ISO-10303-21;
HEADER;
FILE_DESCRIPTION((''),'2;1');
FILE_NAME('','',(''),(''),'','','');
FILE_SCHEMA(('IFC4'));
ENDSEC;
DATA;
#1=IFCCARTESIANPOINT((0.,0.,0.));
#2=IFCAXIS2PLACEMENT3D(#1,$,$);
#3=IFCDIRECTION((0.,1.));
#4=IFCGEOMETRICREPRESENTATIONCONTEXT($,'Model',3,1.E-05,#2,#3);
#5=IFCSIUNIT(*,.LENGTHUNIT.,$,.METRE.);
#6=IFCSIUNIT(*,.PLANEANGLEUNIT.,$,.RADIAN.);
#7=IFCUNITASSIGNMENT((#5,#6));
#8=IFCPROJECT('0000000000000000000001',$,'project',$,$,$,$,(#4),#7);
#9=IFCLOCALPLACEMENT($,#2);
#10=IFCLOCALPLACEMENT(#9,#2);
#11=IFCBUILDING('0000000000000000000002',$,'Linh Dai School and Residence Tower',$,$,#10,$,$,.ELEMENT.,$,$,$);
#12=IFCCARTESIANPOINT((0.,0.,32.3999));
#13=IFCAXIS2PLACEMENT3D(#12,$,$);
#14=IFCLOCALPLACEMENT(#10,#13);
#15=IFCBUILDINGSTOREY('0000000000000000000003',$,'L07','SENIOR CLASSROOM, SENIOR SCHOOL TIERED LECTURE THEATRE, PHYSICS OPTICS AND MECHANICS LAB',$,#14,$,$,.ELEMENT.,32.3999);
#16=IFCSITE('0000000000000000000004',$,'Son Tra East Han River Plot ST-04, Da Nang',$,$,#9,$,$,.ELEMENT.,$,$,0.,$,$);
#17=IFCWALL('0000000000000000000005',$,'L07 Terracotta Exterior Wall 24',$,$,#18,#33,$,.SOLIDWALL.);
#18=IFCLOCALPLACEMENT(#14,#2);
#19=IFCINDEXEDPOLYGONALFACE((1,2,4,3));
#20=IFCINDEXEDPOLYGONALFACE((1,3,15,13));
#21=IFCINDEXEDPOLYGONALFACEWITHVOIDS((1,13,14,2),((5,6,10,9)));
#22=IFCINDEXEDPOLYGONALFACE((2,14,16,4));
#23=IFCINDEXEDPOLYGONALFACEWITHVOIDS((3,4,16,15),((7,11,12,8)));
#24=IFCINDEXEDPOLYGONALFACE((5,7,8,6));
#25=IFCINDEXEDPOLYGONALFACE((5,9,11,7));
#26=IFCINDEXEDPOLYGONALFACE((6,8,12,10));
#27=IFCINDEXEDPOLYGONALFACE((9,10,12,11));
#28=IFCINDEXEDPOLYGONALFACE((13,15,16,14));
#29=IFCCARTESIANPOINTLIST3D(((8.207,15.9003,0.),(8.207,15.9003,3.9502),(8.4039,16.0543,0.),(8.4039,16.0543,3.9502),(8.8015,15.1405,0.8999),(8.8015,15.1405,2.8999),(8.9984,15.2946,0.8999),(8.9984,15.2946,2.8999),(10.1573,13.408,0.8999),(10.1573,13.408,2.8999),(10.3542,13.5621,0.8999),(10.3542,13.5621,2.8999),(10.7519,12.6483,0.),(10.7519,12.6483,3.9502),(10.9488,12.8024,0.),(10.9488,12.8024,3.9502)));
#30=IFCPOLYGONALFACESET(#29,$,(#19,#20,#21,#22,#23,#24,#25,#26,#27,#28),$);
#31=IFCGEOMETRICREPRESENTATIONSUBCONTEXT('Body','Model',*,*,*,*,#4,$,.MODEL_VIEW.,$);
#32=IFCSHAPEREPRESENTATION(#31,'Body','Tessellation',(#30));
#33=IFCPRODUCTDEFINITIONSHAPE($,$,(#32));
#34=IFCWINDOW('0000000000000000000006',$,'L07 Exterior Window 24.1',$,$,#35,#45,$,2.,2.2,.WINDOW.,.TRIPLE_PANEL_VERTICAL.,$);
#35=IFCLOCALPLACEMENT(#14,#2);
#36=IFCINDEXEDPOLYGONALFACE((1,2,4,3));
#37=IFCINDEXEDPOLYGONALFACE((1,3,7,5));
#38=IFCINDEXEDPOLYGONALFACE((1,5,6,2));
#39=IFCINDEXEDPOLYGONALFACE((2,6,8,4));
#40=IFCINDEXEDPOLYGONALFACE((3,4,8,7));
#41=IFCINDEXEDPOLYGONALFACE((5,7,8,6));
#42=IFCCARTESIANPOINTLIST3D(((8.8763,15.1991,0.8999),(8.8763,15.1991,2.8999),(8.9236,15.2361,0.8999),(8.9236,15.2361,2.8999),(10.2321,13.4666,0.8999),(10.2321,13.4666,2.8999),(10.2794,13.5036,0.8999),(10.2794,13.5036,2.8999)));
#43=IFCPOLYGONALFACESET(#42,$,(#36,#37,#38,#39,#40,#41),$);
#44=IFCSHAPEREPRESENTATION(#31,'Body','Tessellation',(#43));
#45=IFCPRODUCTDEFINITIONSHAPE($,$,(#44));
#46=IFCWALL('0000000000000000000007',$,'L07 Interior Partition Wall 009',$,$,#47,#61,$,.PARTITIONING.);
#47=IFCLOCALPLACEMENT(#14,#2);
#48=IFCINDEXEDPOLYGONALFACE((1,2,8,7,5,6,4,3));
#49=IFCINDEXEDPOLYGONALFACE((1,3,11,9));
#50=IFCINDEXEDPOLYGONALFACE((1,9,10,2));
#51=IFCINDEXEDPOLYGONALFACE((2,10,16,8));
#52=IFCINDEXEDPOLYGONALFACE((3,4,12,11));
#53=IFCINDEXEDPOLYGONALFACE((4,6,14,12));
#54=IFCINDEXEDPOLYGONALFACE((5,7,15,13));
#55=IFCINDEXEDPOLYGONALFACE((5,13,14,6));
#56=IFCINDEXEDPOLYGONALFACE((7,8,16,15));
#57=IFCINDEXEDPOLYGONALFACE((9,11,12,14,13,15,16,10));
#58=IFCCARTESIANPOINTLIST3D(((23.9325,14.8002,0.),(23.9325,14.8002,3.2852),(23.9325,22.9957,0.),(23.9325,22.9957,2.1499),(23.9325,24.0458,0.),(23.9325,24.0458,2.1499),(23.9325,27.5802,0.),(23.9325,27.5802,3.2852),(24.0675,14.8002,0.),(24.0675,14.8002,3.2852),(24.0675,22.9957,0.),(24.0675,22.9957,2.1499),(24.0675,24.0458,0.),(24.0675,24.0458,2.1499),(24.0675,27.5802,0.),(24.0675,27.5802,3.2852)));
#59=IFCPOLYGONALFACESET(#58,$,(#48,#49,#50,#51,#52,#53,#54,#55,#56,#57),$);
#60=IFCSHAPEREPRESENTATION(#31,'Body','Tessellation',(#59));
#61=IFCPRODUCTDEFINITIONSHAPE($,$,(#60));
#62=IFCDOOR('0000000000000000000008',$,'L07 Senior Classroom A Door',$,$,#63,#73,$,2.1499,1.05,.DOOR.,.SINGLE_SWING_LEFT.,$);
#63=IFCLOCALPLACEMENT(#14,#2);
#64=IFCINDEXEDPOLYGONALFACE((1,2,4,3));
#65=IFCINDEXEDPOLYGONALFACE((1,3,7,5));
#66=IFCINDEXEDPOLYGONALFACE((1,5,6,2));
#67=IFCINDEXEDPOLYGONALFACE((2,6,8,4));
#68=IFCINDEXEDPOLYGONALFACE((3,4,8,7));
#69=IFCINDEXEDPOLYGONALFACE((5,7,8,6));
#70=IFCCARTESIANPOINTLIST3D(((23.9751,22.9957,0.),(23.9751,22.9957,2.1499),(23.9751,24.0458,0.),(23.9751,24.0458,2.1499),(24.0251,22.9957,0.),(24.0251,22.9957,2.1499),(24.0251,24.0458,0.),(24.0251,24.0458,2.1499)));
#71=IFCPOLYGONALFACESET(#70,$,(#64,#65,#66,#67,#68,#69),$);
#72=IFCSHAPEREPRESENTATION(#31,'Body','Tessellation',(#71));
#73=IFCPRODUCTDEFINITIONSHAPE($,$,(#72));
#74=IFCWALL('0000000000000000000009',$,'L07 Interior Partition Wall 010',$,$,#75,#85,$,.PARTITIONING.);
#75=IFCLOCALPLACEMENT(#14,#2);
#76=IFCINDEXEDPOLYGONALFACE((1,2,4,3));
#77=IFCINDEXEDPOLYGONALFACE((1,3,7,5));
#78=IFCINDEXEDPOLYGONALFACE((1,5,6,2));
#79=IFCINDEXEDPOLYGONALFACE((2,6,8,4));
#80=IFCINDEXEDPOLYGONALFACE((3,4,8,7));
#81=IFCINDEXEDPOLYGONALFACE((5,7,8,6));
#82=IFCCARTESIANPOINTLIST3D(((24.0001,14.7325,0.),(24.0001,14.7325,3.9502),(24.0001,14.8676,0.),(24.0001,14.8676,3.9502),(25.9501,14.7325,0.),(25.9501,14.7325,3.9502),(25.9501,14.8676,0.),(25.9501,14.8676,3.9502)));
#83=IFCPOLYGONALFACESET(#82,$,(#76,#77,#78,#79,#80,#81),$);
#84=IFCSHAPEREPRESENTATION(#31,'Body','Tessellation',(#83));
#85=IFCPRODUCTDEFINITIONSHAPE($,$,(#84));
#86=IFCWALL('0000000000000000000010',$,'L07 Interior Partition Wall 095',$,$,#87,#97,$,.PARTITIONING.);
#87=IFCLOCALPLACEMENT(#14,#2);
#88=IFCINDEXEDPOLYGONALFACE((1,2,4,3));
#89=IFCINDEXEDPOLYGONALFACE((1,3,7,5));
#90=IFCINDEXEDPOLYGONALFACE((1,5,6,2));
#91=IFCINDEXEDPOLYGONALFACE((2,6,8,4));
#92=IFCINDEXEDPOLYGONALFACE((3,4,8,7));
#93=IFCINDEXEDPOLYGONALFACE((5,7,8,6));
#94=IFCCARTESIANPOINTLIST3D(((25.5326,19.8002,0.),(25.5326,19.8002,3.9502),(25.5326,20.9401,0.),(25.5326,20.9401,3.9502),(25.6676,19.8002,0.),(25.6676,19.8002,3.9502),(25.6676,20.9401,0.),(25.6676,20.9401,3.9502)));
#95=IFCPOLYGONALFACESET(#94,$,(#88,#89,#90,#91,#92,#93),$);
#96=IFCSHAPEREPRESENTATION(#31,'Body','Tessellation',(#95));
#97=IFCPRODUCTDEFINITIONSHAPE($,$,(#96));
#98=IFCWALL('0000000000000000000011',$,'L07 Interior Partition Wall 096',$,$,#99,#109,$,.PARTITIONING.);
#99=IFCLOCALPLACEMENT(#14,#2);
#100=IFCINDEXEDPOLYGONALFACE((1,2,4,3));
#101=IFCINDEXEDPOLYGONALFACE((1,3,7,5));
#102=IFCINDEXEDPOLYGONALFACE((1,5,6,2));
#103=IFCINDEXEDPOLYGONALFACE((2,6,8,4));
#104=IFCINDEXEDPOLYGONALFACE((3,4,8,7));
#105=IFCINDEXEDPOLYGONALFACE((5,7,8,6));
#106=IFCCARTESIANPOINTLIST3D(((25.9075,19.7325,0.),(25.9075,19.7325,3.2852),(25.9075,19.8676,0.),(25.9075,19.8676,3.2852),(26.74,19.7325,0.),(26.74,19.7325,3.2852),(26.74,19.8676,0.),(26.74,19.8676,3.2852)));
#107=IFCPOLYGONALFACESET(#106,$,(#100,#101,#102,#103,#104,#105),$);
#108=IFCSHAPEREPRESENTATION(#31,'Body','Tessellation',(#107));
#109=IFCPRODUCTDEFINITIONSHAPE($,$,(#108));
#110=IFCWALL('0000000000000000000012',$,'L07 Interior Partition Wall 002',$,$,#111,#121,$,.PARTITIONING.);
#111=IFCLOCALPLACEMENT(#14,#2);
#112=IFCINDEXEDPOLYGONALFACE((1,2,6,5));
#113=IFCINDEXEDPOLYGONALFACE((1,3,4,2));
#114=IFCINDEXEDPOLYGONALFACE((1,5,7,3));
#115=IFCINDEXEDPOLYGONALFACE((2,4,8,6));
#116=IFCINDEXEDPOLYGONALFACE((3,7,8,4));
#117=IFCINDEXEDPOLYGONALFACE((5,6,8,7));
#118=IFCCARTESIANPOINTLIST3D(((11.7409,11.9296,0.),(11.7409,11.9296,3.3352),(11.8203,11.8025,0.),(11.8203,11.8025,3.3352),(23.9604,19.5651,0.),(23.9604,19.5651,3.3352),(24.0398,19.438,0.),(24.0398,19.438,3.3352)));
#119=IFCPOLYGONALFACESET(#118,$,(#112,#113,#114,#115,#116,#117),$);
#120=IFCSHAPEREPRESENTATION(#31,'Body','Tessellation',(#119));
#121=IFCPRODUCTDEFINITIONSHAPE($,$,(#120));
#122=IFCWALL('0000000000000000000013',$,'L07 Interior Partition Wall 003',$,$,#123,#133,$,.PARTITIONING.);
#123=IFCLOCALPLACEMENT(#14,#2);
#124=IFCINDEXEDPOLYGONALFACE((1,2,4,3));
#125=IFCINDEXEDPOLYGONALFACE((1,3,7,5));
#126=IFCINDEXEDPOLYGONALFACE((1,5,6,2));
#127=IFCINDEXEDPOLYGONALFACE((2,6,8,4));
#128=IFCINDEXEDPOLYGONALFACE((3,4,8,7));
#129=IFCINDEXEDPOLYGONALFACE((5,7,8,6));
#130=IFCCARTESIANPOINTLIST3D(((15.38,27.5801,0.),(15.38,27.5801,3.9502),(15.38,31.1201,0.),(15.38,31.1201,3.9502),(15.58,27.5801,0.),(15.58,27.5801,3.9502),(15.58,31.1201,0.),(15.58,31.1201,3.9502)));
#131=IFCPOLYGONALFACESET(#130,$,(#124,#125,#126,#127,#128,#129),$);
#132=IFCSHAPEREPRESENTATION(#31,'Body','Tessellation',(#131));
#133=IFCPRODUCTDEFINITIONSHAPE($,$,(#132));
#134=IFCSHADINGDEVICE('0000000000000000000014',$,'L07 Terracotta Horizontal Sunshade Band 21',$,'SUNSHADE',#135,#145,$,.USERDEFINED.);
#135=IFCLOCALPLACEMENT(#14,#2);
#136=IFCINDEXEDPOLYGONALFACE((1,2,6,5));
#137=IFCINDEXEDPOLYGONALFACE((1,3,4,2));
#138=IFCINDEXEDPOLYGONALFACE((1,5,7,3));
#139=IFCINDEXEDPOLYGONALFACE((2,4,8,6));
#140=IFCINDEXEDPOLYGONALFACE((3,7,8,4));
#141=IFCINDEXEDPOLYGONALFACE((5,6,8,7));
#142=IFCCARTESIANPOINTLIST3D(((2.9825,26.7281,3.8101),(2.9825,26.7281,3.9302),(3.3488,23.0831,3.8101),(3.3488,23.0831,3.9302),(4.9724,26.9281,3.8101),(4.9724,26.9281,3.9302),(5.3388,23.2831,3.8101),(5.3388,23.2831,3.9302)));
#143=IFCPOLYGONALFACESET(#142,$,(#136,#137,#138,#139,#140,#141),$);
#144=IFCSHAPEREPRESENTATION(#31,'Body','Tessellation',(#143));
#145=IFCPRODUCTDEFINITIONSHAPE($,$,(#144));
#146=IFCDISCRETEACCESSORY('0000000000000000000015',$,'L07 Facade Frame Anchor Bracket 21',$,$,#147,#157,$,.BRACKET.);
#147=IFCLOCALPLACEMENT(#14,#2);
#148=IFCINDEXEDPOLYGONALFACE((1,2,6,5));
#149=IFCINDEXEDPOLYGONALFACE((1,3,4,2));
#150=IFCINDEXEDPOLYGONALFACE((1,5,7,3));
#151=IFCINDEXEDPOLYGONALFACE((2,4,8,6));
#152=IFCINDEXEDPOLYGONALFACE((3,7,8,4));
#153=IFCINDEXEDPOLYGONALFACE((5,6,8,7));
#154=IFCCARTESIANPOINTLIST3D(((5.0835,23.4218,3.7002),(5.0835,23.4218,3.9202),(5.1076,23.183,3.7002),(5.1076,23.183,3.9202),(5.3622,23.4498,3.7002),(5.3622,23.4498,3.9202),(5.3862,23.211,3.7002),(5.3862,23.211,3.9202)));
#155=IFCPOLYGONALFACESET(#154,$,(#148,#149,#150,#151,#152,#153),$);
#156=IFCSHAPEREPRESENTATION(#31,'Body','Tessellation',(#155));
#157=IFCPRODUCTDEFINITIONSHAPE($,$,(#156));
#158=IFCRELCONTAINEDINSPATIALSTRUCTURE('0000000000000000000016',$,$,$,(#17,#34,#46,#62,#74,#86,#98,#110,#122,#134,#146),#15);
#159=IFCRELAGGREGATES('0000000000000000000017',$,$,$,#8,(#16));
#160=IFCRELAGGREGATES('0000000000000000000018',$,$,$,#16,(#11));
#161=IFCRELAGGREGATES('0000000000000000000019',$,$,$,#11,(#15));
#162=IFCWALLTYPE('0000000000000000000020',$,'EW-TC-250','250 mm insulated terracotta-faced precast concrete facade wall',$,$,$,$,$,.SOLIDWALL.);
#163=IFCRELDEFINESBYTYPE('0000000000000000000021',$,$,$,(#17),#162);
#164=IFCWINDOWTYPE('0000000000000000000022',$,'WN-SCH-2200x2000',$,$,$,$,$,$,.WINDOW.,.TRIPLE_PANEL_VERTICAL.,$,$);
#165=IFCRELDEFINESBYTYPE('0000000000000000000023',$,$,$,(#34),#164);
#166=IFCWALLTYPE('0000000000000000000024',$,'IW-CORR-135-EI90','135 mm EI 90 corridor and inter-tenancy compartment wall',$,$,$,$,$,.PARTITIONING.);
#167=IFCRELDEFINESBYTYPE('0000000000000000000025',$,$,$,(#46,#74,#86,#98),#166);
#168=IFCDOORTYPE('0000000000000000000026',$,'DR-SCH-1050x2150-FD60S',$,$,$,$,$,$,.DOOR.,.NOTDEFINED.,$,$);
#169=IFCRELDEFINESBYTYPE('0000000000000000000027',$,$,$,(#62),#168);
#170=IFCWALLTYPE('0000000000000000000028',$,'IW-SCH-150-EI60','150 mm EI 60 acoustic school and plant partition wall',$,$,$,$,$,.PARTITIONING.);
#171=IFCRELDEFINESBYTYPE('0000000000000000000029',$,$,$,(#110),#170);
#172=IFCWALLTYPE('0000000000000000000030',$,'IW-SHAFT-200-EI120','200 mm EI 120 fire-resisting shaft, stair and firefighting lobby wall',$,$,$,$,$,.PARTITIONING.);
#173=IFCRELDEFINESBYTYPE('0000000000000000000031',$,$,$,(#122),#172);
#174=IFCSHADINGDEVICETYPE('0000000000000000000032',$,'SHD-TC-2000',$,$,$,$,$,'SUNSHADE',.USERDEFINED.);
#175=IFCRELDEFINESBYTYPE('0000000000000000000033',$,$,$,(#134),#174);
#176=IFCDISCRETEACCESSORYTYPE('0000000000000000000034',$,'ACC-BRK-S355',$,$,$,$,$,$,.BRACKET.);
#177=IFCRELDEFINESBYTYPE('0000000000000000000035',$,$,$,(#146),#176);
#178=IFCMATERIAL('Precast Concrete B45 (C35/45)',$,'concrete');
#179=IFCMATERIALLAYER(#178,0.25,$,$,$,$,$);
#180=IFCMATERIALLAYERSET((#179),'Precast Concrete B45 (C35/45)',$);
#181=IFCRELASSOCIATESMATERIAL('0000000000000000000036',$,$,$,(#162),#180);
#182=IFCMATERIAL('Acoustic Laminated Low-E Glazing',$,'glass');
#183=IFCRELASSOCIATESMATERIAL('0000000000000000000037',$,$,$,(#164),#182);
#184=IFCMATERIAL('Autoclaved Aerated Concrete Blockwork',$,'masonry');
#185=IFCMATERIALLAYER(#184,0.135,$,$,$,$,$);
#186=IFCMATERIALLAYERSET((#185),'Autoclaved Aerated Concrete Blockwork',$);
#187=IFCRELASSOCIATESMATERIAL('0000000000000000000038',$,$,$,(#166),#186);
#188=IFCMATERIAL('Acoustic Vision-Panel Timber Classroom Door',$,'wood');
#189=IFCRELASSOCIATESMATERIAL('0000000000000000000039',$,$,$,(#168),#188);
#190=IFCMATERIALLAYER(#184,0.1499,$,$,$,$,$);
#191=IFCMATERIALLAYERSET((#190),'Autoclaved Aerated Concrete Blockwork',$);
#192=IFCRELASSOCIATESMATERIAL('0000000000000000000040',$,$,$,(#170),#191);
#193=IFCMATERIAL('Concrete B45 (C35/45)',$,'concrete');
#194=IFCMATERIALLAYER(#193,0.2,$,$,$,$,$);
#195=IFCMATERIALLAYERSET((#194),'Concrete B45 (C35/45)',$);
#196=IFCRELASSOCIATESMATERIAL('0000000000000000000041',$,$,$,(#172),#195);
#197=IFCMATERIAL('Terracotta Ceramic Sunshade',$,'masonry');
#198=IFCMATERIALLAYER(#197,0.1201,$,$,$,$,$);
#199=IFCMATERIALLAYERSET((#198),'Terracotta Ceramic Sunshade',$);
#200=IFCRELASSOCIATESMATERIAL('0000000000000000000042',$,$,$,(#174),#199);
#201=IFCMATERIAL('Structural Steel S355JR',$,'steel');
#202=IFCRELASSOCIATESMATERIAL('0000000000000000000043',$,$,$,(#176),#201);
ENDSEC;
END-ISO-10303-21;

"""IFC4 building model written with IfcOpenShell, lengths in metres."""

from ifc_helpers import new_model, si_unit, direction, frame, frame_2d, origin, origin_2d, place, context, subcontext, project, spatial, rectangle, extrude, source, transform, mapped, material, layer, layer_set, type_object, element, fill, save


model = new_model("IFC4")

# Units and contexts
model_context = context("Model", 3, precision=1e-05, world=origin(), true_north=direction((0.0, 1.0)))
body_context = subcontext(model_context, "Body", "Model", "MODEL_VIEW")
ifc_project = project(units=[si_unit("LENGTHUNIT", "METRE"), si_unit("PLANEANGLEUNIT", "RADIAN")], contexts=[model_context])

# Site, building, storey
site_placement = place(None, origin())
site = spatial("IfcSite", under=ifc_project, at=site_placement, Name="Son Tra East Han River Plot ST-04, Da Nang", CompositionType="ELEMENT", RefElevation=0.0)
building_placement = place(site_placement, origin())
building = spatial("IfcBuilding", under=site, at=building_placement, Name="Linh Dai School and Residence Tower", CompositionType="ELEMENT")
storey_placement = place(building_placement, frame((0.0, 0.0, 32.3999)))
storey = spatial("IfcBuildingStorey", under=building, at=storey_placement, Name="L07", Description="SENIOR CLASSROOM, SENIOR SCHOOL TIERED LECTURE THEATRE, PHYSICS OPTICS AND MECHANICS LAB", CompositionType="ELEMENT", Elevation=32.3999)

# Shared definitions
ifc_material_1 = material(Name="Structural Steel S355JR", Category="steel")

# Shared definitions
ifc_material_2 = material(Name="Precast Concrete B45 (C35/45)", Category="concrete")

# Shared definitions
ifc_layer_1 = layer(ifc_material_2, 0.25)
ifc_layer_set_1 = layer_set([ifc_layer_1], Name="Precast Concrete B45 (C35/45)")
wall_type_1 = type_object("IfcWallType", Name="EW-TC-250", Description="250 mm insulated terracotta-faced precast concrete facade wall", PredefinedType="SOLIDWALL", material=ifc_layer_set_1)

# Wall, opening, window
wall_1_placement = place(storey_placement, frame((10.8503, 12.7253, 0.0), z_axis=(0.0, 0.0, 1.0), x_axis=(-0.616296, 0.787515, 0.0)))
wall_1 = element("IfcWall", 1, at=wall_1_placement, inside=storey, type_object=wall_type_1, Name="L07 Terracotta Exterior Wall 24", PredefinedType="SOLIDWALL", context=body_context, shape_type="SweptSolid", body=[
    extrude(rectangle(XDim=4.1294, YDim=0.25, at=frame_2d((2.0647, 0.0))), origin(), (0.0, 0.0, 1.0), 3.9502),
])
opening_1_placement = place(wall_1_placement, frame((0.9646, 0.0, 0.8999)))
opening_1 = element("IfcOpeningElement", 2, at=opening_1_placement, cuts=wall_1, PredefinedType="OPENING", context=body_context, shape_type="SweptSolid", body=[
    extrude(rectangle(XDim=2.2, YDim=2.0, at=origin_2d()), frame((1.1001, 0.135, 1.0), z_axis=(0.0, -1.0, 0.0), x_axis=(1.0, 0.0, 0.0)), (0.0, 0.0, 1.0), 0.27),
])
ifc_material_3 = material(Name="Acoustic Laminated Low-E Glazing", Category="glass")
window_type = type_object("IfcWindowType", Name="WN-SCH-2200x2000", PartitioningType="TRIPLE_PANEL_VERTICAL", PredefinedType="WINDOW", material=ifc_material_3)
shared_shape_1 = source(origin(), body_context, "Body", "SweptSolid", [
    extrude(rectangle(XDim=2.2, YDim=2.0, at=origin_2d()), frame((1.1001, 0.03, 1.0), z_axis=(0.0, -1.0, 0.0), x_axis=(1.0, 0.0, 0.0)), (0.0, 0.0, 1.0), 0.0601),
])
window_placement = place(opening_1_placement, origin())
window = element("IfcWindow", 3, at=window_placement, inside=storey, type_object=window_type, Name="L07 Exterior Window 24.1", OverallHeight=2.0, OverallWidth=2.2, PartitioningType="TRIPLE_PANEL_VERTICAL", PredefinedType="WINDOW", context=body_context, shape_type="MappedRepresentation", body=[
    mapped(shared_shape_1, transform((0.0, 0.0, 0.0), x_axis=(1.0, 0.0, 0.0), y_axis=(0.0, 1.0, 0.0), z_axis=(0.0, 0.0, 1.0), scale=1.0)),
])
fill(opening_1, window)

# Wall, opening, door
ifc_material_4 = material(Name="Autoclaved Aerated Concrete Blockwork", Category="masonry")
ifc_layer_2 = layer(ifc_material_4, 0.135)
ifc_layer_set_2 = layer_set([ifc_layer_2], Name="Autoclaved Aerated Concrete Blockwork")
wall_type_2 = type_object("IfcWallType", Name="IW-CORR-135-EI90", Description="135 mm EI 90 corridor and inter-tenancy compartment wall", PredefinedType="PARTITIONING", material=ifc_layer_set_2)
wall_2_placement = place(storey_placement, frame((24.0, 14.8, 0.0), z_axis=(0.0, 0.0, 1.0), x_axis=(0.0, 1.0, 0.0)))
wall_2 = element("IfcWall", 4, at=wall_2_placement, inside=storey, type_object=wall_type_2, Name="L07 Interior Partition Wall 009", PredefinedType="PARTITIONING", context=body_context, shape_type="SweptSolid", body=[
    extrude(rectangle(XDim=12.78, YDim=0.135, at=frame_2d((6.3901, 0.0))), origin(), (0.0, 0.0, 1.0), 3.2852),
])
opening_2_placement = place(wall_2_placement, frame((8.1958, 0.0, 0.0)))
opening_2 = element("IfcOpeningElement", 5, at=opening_2_placement, cuts=wall_2, PredefinedType="OPENING", context=body_context, shape_type="SweptSolid", body=[
    extrude(rectangle(XDim=1.05, YDim=2.1499, at=origin_2d()), frame((0.5249, 0.0776, 1.075), z_axis=(0.0, -1.0, 0.0), x_axis=(1.0, 0.0, 0.0)), (0.0, 0.0, 1.0), 0.155),
])
ifc_material_5 = material(Name="Acoustic Vision-Panel Timber Classroom Door", Category="wood")
door_type = type_object("IfcDoorType", Name="DR-SCH-1050x2150-FD60S", OperationType="NOTDEFINED", PredefinedType="DOOR", material=ifc_material_5)
shared_shape_2 = source(origin(), body_context, "Body", "SweptSolid", [
    extrude(rectangle(XDim=1.05, YDim=2.1499, at=origin_2d()), frame((0.5249, 0.0249, 1.075), z_axis=(0.0, -1.0, 0.0), x_axis=(1.0, 0.0, 0.0)), (0.0, 0.0, 1.0), 0.05),
])
door_placement = place(opening_2_placement, origin())
door = element("IfcDoor", 6, at=door_placement, inside=storey, type_object=door_type, Name="L07 Senior Classroom A Door", OperationType="SINGLE_SWING_LEFT", OverallHeight=2.1499, OverallWidth=1.05, PredefinedType="DOOR", context=body_context, shape_type="MappedRepresentation", body=[
    mapped(shared_shape_2, transform((0.0, 0.0, 0.0), x_axis=(1.0, 0.0, 0.0), y_axis=(0.0, 1.0, 0.0), z_axis=(0.0, 0.0, 1.0), scale=1.0)),
])
fill(opening_2, door)

# Walls
wall_3_placement = place(storey_placement, frame((24.0, 14.8, 0.0), z_axis=(0.0, 0.0, 1.0), x_axis=(1.0, 0.0, 0.0)))
element("IfcWall", 7, at=wall_3_placement, inside=storey, type_object=wall_type_2, Name="L07 Interior Partition Wall 010", PredefinedType="PARTITIONING", context=body_context, shape_type="SweptSolid", body=[
    extrude(rectangle(XDim=1.95, YDim=0.135, at=frame_2d((0.9751, 0.0))), origin(), (0.0, 0.0, 1.0), 3.9502),
])
wall_4_placement = place(storey_placement, frame((25.6001, 20.9399, 0.0), z_axis=(0.0, 0.0, 1.0), x_axis=(0.0, -1.0, 0.0)))
element("IfcWall", 8, at=wall_4_placement, inside=storey, type_object=wall_type_2, Name="L07 Interior Partition Wall 095", PredefinedType="PARTITIONING", context=body_context, shape_type="SweptSolid", body=[
    extrude(rectangle(XDim=1.1399, YDim=0.135, at=frame_2d((0.5698, 0.0))), origin(), (0.0, 0.0, 1.0), 3.9502),
])
wall_5_placement = place(storey_placement, frame((25.9075, 19.8, 0.0), z_axis=(0.0, 0.0, 1.0), x_axis=(1.0, 0.0, 0.0)))
element("IfcWall", 9, at=wall_5_placement, inside=storey, type_object=wall_type_2, Name="L07 Interior Partition Wall 096", PredefinedType="PARTITIONING", context=body_context, shape_type="SweptSolid", body=[
    extrude(rectangle(XDim=0.8325, YDim=0.135, at=frame_2d((0.4163, 0.0))), origin(), (0.0, 0.0, 1.0), 3.2852),
])
ifc_layer_3 = layer(ifc_material_4, 0.1499)
ifc_layer_set_3 = layer_set([ifc_layer_3], Name="Autoclaved Aerated Concrete Blockwork")
wall_type_3 = type_object("IfcWallType", Name="IW-SCH-150-EI60", Description="150 mm EI 60 acoustic school and plant partition wall", PredefinedType="PARTITIONING", material=ifc_layer_set_3)
wall_6_placement = place(storey_placement, frame((11.7805, 11.866, 0.0), z_axis=(0.0, 0.0, 1.0), x_axis=(0.848051, 0.529915, 0.0)))
element("IfcWall", 10, at=wall_6_placement, inside=storey, type_object=wall_type_3, Name="L07 Interior Partition Wall 002", PredefinedType="PARTITIONING", context=body_context, shape_type="SweptSolid", body=[
    extrude(rectangle(XDim=14.4089, YDim=0.1499, at=frame_2d((7.2046, 0.0))), origin(), (0.0, 0.0, 1.0), 3.3352),
])
ifc_material_6 = material(Name="Concrete B45 (C35/45)", Category="concrete")
ifc_layer_4 = layer(ifc_material_6, 0.2)
ifc_layer_set_4 = layer_set([ifc_layer_4], Name="Concrete B45 (C35/45)")
wall_type_4 = type_object("IfcWallType", Name="IW-SHAFT-200-EI120", Description="200 mm EI 120 fire-resisting shaft, stair and firefighting lobby wall", PredefinedType="PARTITIONING", material=ifc_layer_set_4)
wall_7_placement = place(storey_placement, frame((15.48, 27.5801, 0.0), z_axis=(0.0, 0.0, 1.0), x_axis=(0.0, 1.0, 0.0)))
element("IfcWall", 11, at=wall_7_placement, inside=storey, type_object=wall_type_4, Name="L07 Interior Partition Wall 003", PredefinedType="PARTITIONING", context=body_context, shape_type="SweptSolid", body=[
    extrude(rectangle(XDim=3.54, YDim=0.2, at=frame_2d((1.77, 0.0))), origin(), (0.0, 0.0, 1.0), 3.9502),
])

# Shading device
ifc_material_7 = material(Name="Terracotta Ceramic Sunshade", Category="masonry")
ifc_layer_5 = layer(ifc_material_7, 0.1201)
ifc_layer_set_5 = layer_set([ifc_layer_5], Name="Terracotta Ceramic Sunshade")
shading_device_type = type_object("IfcShadingDeviceType", Name="SHD-TC-2000", ElementType="SUNSHADE", PredefinedType="USERDEFINED", material=ifc_layer_set_5)
shared_shape_3 = source(origin(), body_context, "Body", "SweptSolid", [
    extrude(rectangle(XDim=3.6633, YDim=2.0, at=origin_2d()), origin(), (0.0, 0.0, 1.0), 0.1201),
])
shading_device_placement = place(storey_placement, frame((4.1606, 25.0056, 3.8101), z_axis=(0.0, 0.0, 1.0), x_axis=(-0.100009, 0.994986, 0.0)))
element("IfcShadingDevice", 12, at=shading_device_placement, inside=storey, type_object=shading_device_type, Name="L07 Terracotta Horizontal Sunshade Band 21", ObjectType="SUNSHADE", PredefinedType="USERDEFINED", context=body_context, shape_type="MappedRepresentation", body=[
    mapped(shared_shape_3, transform((0.0, 0.0, 0.0), x_axis=(1.0, 0.0, 0.0), y_axis=(0.0, 1.0, 0.0), z_axis=(0.0, 0.0, 1.0), scale=1.0)),
])

# Discrete accessory
discrete_accessory_type = type_object("IfcDiscreteAccessoryType", Name="ACC-BRK-S355", PredefinedType="BRACKET", material=ifc_material_1)
shared_shape_4 = source(origin(), body_context, "Body", "SweptSolid", [
    extrude(rectangle(XDim=0.28, YDim=0.24, at=origin_2d()), origin(), (0.0, 0.0, 1.0), 0.22),
])
discrete_accessory_placement = place(storey_placement, frame((5.2349, 23.3164, 3.7002), z_axis=(0.0, 0.0, 1.0), x_axis=(-0.994986, -0.100009, 0.0)))
element("IfcDiscreteAccessory", 13, at=discrete_accessory_placement, inside=storey, type_object=discrete_accessory_type, Name="L07 Facade Frame Anchor Bracket 21", PredefinedType="BRACKET", context=body_context, shape_type="MappedRepresentation", body=[
    mapped(shared_shape_4, transform((0.0, 0.0, 0.0), x_axis=(1.0, 0.0, 0.0), y_axis=(0.0, 1.0, 0.0), z_axis=(0.0, 0.0, 1.0), scale=1.0)),
])

save(model, "model.ifc")
